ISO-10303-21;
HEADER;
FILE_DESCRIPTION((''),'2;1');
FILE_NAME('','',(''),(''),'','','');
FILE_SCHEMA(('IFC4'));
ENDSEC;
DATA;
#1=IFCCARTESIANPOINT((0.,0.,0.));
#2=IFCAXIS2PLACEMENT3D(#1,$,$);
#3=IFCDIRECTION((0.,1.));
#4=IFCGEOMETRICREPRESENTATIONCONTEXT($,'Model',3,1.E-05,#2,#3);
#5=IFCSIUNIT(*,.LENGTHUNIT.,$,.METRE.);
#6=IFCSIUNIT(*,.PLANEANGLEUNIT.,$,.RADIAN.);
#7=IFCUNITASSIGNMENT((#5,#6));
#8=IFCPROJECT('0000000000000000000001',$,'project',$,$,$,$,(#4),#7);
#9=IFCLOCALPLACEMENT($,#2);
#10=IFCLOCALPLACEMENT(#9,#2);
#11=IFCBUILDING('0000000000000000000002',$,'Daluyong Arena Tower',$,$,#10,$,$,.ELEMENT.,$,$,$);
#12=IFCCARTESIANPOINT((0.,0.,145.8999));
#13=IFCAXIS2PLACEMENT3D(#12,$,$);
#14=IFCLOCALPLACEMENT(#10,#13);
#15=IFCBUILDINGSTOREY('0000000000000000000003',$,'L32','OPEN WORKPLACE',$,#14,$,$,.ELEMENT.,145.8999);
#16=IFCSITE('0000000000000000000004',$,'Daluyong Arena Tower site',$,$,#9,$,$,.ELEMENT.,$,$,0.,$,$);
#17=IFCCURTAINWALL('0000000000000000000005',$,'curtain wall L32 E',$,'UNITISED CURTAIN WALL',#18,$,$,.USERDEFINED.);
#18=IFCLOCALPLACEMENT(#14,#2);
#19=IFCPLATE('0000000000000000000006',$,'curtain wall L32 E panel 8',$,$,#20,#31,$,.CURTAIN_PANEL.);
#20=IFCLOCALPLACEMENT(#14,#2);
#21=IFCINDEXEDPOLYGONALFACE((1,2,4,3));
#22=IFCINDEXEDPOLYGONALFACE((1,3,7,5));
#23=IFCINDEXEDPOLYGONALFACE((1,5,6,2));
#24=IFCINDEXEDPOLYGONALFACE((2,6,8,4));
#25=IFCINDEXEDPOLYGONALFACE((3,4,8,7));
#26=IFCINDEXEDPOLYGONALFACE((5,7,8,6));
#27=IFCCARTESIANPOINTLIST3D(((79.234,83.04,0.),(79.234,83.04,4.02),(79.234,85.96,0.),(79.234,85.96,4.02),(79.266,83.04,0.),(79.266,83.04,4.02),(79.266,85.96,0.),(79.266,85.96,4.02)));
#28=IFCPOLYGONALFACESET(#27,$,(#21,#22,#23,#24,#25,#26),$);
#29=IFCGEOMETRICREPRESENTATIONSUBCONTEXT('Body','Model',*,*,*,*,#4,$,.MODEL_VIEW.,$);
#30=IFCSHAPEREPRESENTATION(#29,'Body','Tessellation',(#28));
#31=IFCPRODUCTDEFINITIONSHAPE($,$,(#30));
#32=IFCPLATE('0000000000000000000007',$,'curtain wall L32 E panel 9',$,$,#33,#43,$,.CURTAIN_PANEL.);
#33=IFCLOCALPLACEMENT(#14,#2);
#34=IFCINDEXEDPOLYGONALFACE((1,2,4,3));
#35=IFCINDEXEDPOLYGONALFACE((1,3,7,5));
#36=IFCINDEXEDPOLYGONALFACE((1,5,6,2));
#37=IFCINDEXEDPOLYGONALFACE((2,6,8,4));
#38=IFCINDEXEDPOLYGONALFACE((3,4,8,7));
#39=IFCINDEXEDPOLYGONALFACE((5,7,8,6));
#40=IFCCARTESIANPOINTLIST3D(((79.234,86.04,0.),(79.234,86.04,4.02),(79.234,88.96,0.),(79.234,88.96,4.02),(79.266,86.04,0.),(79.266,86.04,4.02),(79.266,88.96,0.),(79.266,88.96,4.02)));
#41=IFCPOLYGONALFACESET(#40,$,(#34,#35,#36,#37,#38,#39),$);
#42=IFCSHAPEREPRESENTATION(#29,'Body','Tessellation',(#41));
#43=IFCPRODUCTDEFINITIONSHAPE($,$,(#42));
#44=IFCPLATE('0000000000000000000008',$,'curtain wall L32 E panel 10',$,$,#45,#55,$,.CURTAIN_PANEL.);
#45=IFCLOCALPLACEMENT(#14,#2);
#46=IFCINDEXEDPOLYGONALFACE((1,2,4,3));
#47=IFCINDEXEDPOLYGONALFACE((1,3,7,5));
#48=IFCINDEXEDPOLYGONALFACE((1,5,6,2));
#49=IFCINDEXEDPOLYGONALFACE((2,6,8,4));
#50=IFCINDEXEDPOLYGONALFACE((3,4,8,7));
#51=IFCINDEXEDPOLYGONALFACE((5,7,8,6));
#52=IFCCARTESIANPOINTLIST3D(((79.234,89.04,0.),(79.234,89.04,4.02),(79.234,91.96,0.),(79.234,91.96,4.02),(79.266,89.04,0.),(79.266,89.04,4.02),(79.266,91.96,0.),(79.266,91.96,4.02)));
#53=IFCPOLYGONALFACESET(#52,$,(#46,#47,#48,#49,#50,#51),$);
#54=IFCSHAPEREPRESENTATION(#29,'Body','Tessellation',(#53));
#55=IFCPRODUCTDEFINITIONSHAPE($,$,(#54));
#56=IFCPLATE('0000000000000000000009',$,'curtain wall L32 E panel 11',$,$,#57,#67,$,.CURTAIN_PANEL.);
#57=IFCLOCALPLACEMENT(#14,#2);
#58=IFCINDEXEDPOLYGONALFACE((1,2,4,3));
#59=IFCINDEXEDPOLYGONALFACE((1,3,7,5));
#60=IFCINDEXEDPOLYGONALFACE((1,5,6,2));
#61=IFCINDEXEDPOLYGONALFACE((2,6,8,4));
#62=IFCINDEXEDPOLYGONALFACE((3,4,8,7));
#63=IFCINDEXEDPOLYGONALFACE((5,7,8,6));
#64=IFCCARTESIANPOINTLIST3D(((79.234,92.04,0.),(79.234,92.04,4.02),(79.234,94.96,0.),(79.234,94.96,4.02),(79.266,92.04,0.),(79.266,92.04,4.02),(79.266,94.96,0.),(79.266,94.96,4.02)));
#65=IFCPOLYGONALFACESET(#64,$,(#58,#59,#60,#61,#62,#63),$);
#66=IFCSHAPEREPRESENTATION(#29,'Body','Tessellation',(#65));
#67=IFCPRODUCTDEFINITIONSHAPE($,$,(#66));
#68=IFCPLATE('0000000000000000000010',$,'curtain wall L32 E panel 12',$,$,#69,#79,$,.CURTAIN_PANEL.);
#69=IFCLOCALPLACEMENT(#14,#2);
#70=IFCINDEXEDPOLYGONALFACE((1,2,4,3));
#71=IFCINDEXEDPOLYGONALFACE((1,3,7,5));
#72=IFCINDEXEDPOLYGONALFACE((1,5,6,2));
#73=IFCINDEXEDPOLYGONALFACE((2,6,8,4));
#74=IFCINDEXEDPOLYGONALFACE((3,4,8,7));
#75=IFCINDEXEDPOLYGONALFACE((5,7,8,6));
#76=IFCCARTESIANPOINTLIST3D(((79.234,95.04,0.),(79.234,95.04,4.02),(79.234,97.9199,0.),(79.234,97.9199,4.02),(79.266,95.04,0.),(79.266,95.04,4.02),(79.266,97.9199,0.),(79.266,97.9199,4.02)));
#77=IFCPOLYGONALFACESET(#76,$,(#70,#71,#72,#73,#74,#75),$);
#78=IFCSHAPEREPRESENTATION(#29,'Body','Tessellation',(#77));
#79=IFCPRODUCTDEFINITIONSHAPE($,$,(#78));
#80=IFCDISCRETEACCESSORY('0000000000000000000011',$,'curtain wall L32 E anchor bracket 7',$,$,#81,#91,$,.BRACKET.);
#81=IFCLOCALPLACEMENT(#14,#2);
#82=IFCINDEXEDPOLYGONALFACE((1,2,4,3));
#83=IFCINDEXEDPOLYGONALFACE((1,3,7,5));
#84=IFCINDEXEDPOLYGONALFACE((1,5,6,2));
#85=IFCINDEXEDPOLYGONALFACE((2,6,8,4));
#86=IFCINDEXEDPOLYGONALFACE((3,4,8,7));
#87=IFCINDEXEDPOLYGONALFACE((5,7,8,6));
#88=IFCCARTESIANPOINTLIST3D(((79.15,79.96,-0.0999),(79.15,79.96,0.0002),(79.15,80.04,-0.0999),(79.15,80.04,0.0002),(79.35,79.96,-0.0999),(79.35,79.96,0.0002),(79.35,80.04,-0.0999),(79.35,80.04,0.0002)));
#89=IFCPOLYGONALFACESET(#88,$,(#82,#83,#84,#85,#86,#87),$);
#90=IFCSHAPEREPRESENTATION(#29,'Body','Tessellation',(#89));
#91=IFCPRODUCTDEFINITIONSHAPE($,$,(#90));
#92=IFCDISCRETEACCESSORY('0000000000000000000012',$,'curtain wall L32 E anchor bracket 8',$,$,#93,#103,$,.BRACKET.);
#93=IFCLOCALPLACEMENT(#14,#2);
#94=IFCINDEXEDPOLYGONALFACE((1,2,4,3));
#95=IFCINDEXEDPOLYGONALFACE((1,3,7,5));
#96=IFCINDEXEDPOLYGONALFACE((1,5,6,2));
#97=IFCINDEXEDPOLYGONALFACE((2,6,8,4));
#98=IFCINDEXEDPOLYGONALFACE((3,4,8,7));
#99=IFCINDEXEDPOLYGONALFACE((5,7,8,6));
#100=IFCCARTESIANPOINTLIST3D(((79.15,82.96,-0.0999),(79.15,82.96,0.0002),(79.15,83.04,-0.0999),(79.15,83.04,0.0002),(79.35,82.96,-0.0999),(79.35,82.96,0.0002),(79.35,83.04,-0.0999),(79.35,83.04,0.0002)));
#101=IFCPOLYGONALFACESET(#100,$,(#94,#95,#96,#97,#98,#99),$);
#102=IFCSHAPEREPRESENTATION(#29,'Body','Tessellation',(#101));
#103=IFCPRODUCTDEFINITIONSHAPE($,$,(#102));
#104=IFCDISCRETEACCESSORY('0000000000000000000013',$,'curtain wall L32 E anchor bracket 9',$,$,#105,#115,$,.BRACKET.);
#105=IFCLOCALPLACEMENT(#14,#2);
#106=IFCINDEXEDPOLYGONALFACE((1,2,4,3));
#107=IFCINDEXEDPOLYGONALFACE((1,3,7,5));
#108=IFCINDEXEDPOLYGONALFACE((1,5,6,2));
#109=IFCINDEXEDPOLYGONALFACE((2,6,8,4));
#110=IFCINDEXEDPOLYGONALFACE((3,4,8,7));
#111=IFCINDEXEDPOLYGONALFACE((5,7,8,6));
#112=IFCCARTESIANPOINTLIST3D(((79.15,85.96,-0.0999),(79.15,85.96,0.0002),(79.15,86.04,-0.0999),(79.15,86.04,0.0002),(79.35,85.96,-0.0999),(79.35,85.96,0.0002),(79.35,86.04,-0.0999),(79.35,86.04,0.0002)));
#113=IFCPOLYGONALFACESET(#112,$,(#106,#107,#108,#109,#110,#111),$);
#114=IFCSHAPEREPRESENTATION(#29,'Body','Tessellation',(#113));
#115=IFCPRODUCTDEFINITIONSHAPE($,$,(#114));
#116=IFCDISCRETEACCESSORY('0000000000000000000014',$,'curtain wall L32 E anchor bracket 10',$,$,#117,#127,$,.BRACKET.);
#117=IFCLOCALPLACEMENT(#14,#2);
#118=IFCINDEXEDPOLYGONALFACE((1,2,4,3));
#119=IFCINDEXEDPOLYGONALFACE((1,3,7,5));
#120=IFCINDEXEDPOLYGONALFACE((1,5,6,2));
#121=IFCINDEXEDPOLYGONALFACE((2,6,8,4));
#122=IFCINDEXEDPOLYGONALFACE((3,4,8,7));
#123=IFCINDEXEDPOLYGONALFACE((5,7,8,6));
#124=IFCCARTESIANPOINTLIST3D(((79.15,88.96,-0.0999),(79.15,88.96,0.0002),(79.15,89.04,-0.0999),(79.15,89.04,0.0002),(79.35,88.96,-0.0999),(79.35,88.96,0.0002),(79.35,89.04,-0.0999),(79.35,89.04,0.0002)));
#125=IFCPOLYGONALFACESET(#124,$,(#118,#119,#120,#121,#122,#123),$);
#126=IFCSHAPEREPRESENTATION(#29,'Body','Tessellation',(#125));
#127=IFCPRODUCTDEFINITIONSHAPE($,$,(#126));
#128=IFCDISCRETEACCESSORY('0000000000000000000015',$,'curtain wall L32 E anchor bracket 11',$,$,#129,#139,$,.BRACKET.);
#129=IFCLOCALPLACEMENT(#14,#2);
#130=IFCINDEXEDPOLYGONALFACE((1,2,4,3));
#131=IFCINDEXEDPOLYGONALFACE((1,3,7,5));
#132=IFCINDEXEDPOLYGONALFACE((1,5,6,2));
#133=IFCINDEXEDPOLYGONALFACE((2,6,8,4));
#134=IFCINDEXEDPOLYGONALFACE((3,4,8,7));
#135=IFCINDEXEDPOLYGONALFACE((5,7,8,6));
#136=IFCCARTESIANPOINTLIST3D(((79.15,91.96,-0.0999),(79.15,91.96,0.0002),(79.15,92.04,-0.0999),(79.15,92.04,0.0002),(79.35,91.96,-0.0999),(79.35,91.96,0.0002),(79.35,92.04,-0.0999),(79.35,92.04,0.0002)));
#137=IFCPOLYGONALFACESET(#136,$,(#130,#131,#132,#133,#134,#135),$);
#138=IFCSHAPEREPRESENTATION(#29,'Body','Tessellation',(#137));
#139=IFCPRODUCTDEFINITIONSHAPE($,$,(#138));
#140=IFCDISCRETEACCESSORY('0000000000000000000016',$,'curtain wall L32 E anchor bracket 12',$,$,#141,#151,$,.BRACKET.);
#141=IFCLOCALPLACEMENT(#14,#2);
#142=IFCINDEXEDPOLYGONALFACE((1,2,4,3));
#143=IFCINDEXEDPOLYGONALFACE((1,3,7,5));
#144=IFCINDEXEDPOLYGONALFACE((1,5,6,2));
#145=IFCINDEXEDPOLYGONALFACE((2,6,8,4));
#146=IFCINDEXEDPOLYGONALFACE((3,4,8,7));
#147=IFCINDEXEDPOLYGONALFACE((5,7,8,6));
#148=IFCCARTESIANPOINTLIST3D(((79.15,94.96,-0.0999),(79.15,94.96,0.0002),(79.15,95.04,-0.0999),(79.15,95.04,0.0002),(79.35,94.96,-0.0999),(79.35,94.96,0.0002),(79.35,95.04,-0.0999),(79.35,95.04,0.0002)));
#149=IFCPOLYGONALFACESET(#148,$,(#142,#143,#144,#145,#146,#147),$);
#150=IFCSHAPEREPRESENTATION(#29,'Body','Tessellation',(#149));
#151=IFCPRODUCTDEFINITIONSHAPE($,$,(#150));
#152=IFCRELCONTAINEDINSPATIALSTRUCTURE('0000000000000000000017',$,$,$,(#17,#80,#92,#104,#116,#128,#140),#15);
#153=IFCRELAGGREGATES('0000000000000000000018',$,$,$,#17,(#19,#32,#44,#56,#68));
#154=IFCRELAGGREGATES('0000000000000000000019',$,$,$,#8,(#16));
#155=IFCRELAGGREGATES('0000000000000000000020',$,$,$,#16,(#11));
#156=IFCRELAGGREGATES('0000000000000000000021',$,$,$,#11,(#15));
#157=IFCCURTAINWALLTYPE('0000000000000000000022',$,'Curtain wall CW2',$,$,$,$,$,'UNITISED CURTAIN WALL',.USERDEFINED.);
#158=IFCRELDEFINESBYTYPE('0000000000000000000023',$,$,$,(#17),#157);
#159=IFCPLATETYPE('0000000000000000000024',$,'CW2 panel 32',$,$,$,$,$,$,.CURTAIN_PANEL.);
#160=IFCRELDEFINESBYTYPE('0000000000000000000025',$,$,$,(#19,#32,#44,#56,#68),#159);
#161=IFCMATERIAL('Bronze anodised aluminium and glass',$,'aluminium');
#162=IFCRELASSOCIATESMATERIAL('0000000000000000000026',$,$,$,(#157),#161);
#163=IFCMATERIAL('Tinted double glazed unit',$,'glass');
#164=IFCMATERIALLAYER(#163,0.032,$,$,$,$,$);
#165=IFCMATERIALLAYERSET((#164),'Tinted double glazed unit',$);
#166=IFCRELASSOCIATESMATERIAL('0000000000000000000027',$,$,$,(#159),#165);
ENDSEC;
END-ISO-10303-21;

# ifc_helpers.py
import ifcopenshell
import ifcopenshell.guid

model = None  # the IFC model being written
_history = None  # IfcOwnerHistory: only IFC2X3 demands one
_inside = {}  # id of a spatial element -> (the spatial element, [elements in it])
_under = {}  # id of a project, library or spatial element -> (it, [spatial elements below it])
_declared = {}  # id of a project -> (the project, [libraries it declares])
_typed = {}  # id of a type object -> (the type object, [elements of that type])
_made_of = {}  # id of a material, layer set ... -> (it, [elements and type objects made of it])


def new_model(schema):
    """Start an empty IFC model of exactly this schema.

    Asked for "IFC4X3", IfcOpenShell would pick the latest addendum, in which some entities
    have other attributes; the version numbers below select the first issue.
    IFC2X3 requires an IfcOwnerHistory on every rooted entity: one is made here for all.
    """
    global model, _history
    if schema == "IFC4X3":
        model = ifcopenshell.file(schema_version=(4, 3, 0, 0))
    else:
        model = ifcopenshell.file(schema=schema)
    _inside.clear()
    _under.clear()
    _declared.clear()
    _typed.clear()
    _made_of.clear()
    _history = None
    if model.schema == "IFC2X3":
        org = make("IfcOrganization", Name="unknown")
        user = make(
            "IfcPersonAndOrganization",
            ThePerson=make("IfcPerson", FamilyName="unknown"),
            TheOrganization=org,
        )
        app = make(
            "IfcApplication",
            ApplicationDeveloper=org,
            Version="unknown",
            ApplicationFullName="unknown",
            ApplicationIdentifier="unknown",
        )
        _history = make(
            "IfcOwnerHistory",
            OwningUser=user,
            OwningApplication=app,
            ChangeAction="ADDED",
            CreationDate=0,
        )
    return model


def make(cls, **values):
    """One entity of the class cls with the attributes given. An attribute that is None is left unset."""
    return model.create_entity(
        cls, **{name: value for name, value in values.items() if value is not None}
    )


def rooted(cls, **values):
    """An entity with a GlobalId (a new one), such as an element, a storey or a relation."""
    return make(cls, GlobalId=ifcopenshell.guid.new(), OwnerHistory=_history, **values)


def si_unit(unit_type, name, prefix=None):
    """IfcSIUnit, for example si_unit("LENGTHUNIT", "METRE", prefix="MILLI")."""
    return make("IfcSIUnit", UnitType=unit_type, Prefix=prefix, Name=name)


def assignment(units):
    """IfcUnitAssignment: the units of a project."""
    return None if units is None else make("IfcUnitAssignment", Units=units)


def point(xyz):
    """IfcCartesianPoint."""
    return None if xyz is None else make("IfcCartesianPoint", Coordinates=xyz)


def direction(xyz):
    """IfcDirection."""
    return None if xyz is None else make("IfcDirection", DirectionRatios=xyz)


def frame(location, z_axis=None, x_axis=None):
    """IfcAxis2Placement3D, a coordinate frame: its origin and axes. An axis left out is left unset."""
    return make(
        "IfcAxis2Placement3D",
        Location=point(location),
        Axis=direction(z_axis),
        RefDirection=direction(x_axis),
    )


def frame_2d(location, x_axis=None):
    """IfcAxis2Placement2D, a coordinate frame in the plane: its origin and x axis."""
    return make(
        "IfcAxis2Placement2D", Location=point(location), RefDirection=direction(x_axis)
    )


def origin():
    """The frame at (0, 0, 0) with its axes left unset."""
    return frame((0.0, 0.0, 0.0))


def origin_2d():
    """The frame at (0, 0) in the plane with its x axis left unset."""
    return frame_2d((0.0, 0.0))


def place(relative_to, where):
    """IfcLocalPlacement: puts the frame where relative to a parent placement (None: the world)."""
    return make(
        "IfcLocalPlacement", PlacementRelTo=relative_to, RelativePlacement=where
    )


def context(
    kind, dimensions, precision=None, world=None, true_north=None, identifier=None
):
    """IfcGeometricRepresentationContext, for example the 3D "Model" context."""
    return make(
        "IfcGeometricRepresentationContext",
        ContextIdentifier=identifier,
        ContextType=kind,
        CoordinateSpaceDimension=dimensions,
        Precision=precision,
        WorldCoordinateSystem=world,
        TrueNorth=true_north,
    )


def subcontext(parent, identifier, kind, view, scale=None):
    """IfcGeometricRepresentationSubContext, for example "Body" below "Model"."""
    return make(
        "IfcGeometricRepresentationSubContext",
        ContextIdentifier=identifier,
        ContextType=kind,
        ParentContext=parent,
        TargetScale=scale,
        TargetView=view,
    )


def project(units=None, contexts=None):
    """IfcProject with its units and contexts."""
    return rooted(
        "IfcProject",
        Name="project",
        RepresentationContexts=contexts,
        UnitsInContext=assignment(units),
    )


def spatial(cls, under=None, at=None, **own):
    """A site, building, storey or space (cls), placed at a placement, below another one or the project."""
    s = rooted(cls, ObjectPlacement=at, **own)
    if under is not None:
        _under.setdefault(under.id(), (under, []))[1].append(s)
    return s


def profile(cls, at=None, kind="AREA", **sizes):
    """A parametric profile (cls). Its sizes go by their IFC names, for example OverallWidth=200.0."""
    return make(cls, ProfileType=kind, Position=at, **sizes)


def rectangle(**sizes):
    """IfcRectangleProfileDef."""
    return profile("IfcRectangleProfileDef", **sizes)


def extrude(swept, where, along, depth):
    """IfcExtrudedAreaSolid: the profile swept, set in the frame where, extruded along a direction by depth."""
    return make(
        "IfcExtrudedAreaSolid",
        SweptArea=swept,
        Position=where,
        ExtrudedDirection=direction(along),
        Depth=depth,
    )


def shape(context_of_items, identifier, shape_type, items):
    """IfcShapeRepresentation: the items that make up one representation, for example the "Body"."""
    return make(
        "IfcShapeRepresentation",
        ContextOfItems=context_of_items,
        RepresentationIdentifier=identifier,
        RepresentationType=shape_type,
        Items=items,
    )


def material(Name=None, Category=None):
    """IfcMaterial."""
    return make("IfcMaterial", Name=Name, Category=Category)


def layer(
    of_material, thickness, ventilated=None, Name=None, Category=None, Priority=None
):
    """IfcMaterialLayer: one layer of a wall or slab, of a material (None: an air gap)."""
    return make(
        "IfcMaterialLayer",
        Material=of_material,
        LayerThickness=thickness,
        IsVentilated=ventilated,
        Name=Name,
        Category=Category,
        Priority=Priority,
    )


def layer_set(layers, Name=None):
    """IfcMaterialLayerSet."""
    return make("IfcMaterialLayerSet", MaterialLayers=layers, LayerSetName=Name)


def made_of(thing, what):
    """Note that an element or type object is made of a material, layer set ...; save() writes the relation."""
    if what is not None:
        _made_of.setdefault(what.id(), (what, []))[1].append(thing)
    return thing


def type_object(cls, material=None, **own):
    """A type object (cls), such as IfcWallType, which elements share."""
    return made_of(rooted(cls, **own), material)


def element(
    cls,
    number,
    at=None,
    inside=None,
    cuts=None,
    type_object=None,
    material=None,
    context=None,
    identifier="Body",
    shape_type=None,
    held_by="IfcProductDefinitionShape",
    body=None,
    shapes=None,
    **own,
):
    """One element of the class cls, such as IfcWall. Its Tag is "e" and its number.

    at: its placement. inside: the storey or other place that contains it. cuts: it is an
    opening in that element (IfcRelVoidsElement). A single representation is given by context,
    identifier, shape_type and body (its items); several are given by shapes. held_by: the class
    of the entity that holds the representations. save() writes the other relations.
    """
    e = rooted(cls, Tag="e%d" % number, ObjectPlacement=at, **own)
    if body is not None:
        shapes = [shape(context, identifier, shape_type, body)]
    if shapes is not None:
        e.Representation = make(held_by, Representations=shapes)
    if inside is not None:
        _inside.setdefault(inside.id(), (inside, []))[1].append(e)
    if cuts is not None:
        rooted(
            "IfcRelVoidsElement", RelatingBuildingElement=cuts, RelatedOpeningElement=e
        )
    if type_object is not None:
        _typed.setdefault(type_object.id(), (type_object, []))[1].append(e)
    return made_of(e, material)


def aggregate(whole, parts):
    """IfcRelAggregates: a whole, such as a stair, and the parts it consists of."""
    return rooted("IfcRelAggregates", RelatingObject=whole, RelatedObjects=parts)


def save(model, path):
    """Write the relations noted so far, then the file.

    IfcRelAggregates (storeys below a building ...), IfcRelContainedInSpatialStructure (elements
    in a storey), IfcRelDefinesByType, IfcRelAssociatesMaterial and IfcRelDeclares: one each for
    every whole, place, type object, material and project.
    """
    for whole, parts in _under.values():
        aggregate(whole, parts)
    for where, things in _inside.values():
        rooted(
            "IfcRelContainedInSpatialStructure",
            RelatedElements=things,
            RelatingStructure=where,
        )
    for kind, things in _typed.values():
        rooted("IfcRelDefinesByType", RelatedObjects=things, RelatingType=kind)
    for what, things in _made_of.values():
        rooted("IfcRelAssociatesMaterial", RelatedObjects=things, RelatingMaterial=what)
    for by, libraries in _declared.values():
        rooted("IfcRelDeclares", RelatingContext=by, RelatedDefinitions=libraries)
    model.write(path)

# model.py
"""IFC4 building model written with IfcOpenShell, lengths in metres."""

from ifc_helpers import new_model, si_unit, direction, frame, origin, origin_2d, place, context, subcontext, project, spatial, rectangle, extrude, material, layer, layer_set, type_object, element, aggregate, save


model = new_model("IFC4")

# Units and contexts
model_context = context("Model", 3, precision=1e-05, world=origin(), true_north=direction((0.0, 1.0)))
body_context = subcontext(model_context, "Body", "Model", "MODEL_VIEW")
ifc_project = project(units=[si_unit("LENGTHUNIT", "METRE"), si_unit("PLANEANGLEUNIT", "RADIAN")], contexts=[model_context])

# Site, building, storey
site_placement = place(None, origin())
site = spatial("IfcSite", under=ifc_project, at=site_placement, Name="Daluyong Arena Tower site", CompositionType="ELEMENT", RefElevation=0.0)
building_placement = place(site_placement, origin())
building = spatial("IfcBuilding", under=site, at=building_placement, Name="Daluyong Arena Tower", CompositionType="ELEMENT")
storey_placement = place(building_placement, frame((0.0, 0.0, 145.8999)))
storey = spatial("IfcBuildingStorey", under=building, at=storey_placement, Name="L32", Description="OPEN WORKPLACE", CompositionType="ELEMENT", Elevation=145.8999)

# Curtain wall
ifc_material_1 = material(Name="Bronze anodised aluminium and glass", Category="aluminium")
curtain_wall_type = type_object("IfcCurtainWallType", Name="Curtain wall CW2", ElementType="UNITISED CURTAIN WALL", PredefinedType="USERDEFINED", material=ifc_material_1)
curtain_wall_placement = place(storey_placement, origin())
curtain_wall = element("IfcCurtainWall", 1, at=curtain_wall_placement, inside=storey, type_object=curtain_wall_type, Name="curtain wall L32 E", ObjectType="UNITISED CURTAIN WALL", PredefinedType="USERDEFINED")

# Plates
ifc_material_2 = material(Name="Tinted double glazed unit", Category="glass")
ifc_layer = layer(ifc_material_2, 0.032)
ifc_layer_set = layer_set([ifc_layer], Name="Tinted double glazed unit")
plate_type = type_object("IfcPlateType", Name="CW2 panel 32", PredefinedType="CURTAIN_PANEL", material=ifc_layer_set)
plate_1_placement = place(storey_placement, frame((79.25, 84.5, 0.0), z_axis=(0.0, 0.0, 1.0), x_axis=(0.0, 1.0, 0.0)))
plate_1 = element("IfcPlate", 2, at=plate_1_placement, type_object=plate_type, Name="curtain wall L32 E panel 8", PredefinedType="CURTAIN_PANEL", context=body_context, shape_type="SweptSolid", body=[
    extrude(rectangle(XDim=2.9199, YDim=0.032, at=origin_2d()), origin(), (0.0, 0.0, 1.0), 4.02),
])
plate_2_placement = place(storey_placement, frame((79.25, 87.5, 0.0), z_axis=(0.0, 0.0, 1.0), x_axis=(0.0, 1.0, 0.0)))
plate_2 = element("IfcPlate", 3, at=plate_2_placement, type_object=plate_type, Name="curtain wall L32 E panel 9", PredefinedType="CURTAIN_PANEL", context=body_context, shape_type="SweptSolid", body=[
    extrude(rectangle(XDim=2.9199, YDim=0.032, at=origin_2d()), origin(), (0.0, 0.0, 1.0), 4.02),
])
plate_3_placement = place(storey_placement, frame((79.25, 90.5, 0.0), z_axis=(0.0, 0.0, 1.0), x_axis=(0.0, 1.0, 0.0)))
plate_3 = element("IfcPlate", 4, at=plate_3_placement, type_object=plate_type, Name="curtain wall L32 E panel 10", PredefinedType="CURTAIN_PANEL", context=body_context, shape_type="SweptSolid", body=[
    extrude(rectangle(XDim=2.9199, YDim=0.032, at=origin_2d()), origin(), (0.0, 0.0, 1.0), 4.02),
])
plate_4_placement = place(storey_placement, frame((79.25, 93.5, 0.0), z_axis=(0.0, 0.0, 1.0), x_axis=(0.0, 1.0, 0.0)))
plate_4 = element("IfcPlate", 5, at=plate_4_placement, type_object=plate_type, Name="curtain wall L32 E panel 11", PredefinedType="CURTAIN_PANEL", context=body_context, shape_type="SweptSolid", body=[
    extrude(rectangle(XDim=2.9199, YDim=0.032, at=origin_2d()), origin(), (0.0, 0.0, 1.0), 4.02),
])
plate_5_placement = place(storey_placement, frame((79.25, 96.48, 0.0), z_axis=(0.0, 0.0, 1.0), x_axis=(0.0, 1.0, 0.0)))
plate_5 = element("IfcPlate", 6, at=plate_5_placement, type_object=plate_type, Name="curtain wall L32 E panel 12", PredefinedType="CURTAIN_PANEL", context=body_context, shape_type="SweptSolid", body=[
    extrude(rectangle(XDim=2.8799, YDim=0.032, at=origin_2d()), origin(), (0.0, 0.0, 1.0), 4.02),
])
aggregate(curtain_wall, [plate_1, plate_2, plate_3, plate_4, plate_5])

# Discrete accessories
for number, where, z_axis, x_axis, name in (
    (7, (79.25, 80.0, -0.0999), (0.0, 0.0, 1.0), (0.0, 1.0, 0.0), "curtain wall L32 E anchor bracket 7"),
    (8, (79.25, 83.0, -0.0999), (0.0, 0.0, 1.0), (0.0, 1.0, 0.0), "curtain wall L32 E anchor bracket 8"),
    (9, (79.25, 86.0, -0.0999), (0.0, 0.0, 1.0), (0.0, 1.0, 0.0), "curtain wall L32 E anchor bracket 9"),
    (10, (79.25, 89.0, -0.0999), (0.0, 0.0, 1.0), (0.0, 1.0, 0.0), "curtain wall L32 E anchor bracket 10"),
    (11, (79.25, 92.0, -0.0999), (0.0, 0.0, 1.0), (0.0, 1.0, 0.0), "curtain wall L32 E anchor bracket 11"),
    (12, (79.25, 95.0, -0.0999), (0.0, 0.0, 1.0), (0.0, 1.0, 0.0), "curtain wall L32 E anchor bracket 12"),
):
    element("IfcDiscreteAccessory", number, at=place(storey_placement, frame(where, z_axis=z_axis, x_axis=x_axis)), inside=storey, Name=name, PredefinedType="BRACKET", context=body_context, shape_type="SweptSolid", body=[
        extrude(rectangle(XDim=0.0801, YDim=0.2, at=origin_2d()), origin(), (0.0, 0.0, 1.0), 0.1001),
    ])

save(model, "model.ifc")
